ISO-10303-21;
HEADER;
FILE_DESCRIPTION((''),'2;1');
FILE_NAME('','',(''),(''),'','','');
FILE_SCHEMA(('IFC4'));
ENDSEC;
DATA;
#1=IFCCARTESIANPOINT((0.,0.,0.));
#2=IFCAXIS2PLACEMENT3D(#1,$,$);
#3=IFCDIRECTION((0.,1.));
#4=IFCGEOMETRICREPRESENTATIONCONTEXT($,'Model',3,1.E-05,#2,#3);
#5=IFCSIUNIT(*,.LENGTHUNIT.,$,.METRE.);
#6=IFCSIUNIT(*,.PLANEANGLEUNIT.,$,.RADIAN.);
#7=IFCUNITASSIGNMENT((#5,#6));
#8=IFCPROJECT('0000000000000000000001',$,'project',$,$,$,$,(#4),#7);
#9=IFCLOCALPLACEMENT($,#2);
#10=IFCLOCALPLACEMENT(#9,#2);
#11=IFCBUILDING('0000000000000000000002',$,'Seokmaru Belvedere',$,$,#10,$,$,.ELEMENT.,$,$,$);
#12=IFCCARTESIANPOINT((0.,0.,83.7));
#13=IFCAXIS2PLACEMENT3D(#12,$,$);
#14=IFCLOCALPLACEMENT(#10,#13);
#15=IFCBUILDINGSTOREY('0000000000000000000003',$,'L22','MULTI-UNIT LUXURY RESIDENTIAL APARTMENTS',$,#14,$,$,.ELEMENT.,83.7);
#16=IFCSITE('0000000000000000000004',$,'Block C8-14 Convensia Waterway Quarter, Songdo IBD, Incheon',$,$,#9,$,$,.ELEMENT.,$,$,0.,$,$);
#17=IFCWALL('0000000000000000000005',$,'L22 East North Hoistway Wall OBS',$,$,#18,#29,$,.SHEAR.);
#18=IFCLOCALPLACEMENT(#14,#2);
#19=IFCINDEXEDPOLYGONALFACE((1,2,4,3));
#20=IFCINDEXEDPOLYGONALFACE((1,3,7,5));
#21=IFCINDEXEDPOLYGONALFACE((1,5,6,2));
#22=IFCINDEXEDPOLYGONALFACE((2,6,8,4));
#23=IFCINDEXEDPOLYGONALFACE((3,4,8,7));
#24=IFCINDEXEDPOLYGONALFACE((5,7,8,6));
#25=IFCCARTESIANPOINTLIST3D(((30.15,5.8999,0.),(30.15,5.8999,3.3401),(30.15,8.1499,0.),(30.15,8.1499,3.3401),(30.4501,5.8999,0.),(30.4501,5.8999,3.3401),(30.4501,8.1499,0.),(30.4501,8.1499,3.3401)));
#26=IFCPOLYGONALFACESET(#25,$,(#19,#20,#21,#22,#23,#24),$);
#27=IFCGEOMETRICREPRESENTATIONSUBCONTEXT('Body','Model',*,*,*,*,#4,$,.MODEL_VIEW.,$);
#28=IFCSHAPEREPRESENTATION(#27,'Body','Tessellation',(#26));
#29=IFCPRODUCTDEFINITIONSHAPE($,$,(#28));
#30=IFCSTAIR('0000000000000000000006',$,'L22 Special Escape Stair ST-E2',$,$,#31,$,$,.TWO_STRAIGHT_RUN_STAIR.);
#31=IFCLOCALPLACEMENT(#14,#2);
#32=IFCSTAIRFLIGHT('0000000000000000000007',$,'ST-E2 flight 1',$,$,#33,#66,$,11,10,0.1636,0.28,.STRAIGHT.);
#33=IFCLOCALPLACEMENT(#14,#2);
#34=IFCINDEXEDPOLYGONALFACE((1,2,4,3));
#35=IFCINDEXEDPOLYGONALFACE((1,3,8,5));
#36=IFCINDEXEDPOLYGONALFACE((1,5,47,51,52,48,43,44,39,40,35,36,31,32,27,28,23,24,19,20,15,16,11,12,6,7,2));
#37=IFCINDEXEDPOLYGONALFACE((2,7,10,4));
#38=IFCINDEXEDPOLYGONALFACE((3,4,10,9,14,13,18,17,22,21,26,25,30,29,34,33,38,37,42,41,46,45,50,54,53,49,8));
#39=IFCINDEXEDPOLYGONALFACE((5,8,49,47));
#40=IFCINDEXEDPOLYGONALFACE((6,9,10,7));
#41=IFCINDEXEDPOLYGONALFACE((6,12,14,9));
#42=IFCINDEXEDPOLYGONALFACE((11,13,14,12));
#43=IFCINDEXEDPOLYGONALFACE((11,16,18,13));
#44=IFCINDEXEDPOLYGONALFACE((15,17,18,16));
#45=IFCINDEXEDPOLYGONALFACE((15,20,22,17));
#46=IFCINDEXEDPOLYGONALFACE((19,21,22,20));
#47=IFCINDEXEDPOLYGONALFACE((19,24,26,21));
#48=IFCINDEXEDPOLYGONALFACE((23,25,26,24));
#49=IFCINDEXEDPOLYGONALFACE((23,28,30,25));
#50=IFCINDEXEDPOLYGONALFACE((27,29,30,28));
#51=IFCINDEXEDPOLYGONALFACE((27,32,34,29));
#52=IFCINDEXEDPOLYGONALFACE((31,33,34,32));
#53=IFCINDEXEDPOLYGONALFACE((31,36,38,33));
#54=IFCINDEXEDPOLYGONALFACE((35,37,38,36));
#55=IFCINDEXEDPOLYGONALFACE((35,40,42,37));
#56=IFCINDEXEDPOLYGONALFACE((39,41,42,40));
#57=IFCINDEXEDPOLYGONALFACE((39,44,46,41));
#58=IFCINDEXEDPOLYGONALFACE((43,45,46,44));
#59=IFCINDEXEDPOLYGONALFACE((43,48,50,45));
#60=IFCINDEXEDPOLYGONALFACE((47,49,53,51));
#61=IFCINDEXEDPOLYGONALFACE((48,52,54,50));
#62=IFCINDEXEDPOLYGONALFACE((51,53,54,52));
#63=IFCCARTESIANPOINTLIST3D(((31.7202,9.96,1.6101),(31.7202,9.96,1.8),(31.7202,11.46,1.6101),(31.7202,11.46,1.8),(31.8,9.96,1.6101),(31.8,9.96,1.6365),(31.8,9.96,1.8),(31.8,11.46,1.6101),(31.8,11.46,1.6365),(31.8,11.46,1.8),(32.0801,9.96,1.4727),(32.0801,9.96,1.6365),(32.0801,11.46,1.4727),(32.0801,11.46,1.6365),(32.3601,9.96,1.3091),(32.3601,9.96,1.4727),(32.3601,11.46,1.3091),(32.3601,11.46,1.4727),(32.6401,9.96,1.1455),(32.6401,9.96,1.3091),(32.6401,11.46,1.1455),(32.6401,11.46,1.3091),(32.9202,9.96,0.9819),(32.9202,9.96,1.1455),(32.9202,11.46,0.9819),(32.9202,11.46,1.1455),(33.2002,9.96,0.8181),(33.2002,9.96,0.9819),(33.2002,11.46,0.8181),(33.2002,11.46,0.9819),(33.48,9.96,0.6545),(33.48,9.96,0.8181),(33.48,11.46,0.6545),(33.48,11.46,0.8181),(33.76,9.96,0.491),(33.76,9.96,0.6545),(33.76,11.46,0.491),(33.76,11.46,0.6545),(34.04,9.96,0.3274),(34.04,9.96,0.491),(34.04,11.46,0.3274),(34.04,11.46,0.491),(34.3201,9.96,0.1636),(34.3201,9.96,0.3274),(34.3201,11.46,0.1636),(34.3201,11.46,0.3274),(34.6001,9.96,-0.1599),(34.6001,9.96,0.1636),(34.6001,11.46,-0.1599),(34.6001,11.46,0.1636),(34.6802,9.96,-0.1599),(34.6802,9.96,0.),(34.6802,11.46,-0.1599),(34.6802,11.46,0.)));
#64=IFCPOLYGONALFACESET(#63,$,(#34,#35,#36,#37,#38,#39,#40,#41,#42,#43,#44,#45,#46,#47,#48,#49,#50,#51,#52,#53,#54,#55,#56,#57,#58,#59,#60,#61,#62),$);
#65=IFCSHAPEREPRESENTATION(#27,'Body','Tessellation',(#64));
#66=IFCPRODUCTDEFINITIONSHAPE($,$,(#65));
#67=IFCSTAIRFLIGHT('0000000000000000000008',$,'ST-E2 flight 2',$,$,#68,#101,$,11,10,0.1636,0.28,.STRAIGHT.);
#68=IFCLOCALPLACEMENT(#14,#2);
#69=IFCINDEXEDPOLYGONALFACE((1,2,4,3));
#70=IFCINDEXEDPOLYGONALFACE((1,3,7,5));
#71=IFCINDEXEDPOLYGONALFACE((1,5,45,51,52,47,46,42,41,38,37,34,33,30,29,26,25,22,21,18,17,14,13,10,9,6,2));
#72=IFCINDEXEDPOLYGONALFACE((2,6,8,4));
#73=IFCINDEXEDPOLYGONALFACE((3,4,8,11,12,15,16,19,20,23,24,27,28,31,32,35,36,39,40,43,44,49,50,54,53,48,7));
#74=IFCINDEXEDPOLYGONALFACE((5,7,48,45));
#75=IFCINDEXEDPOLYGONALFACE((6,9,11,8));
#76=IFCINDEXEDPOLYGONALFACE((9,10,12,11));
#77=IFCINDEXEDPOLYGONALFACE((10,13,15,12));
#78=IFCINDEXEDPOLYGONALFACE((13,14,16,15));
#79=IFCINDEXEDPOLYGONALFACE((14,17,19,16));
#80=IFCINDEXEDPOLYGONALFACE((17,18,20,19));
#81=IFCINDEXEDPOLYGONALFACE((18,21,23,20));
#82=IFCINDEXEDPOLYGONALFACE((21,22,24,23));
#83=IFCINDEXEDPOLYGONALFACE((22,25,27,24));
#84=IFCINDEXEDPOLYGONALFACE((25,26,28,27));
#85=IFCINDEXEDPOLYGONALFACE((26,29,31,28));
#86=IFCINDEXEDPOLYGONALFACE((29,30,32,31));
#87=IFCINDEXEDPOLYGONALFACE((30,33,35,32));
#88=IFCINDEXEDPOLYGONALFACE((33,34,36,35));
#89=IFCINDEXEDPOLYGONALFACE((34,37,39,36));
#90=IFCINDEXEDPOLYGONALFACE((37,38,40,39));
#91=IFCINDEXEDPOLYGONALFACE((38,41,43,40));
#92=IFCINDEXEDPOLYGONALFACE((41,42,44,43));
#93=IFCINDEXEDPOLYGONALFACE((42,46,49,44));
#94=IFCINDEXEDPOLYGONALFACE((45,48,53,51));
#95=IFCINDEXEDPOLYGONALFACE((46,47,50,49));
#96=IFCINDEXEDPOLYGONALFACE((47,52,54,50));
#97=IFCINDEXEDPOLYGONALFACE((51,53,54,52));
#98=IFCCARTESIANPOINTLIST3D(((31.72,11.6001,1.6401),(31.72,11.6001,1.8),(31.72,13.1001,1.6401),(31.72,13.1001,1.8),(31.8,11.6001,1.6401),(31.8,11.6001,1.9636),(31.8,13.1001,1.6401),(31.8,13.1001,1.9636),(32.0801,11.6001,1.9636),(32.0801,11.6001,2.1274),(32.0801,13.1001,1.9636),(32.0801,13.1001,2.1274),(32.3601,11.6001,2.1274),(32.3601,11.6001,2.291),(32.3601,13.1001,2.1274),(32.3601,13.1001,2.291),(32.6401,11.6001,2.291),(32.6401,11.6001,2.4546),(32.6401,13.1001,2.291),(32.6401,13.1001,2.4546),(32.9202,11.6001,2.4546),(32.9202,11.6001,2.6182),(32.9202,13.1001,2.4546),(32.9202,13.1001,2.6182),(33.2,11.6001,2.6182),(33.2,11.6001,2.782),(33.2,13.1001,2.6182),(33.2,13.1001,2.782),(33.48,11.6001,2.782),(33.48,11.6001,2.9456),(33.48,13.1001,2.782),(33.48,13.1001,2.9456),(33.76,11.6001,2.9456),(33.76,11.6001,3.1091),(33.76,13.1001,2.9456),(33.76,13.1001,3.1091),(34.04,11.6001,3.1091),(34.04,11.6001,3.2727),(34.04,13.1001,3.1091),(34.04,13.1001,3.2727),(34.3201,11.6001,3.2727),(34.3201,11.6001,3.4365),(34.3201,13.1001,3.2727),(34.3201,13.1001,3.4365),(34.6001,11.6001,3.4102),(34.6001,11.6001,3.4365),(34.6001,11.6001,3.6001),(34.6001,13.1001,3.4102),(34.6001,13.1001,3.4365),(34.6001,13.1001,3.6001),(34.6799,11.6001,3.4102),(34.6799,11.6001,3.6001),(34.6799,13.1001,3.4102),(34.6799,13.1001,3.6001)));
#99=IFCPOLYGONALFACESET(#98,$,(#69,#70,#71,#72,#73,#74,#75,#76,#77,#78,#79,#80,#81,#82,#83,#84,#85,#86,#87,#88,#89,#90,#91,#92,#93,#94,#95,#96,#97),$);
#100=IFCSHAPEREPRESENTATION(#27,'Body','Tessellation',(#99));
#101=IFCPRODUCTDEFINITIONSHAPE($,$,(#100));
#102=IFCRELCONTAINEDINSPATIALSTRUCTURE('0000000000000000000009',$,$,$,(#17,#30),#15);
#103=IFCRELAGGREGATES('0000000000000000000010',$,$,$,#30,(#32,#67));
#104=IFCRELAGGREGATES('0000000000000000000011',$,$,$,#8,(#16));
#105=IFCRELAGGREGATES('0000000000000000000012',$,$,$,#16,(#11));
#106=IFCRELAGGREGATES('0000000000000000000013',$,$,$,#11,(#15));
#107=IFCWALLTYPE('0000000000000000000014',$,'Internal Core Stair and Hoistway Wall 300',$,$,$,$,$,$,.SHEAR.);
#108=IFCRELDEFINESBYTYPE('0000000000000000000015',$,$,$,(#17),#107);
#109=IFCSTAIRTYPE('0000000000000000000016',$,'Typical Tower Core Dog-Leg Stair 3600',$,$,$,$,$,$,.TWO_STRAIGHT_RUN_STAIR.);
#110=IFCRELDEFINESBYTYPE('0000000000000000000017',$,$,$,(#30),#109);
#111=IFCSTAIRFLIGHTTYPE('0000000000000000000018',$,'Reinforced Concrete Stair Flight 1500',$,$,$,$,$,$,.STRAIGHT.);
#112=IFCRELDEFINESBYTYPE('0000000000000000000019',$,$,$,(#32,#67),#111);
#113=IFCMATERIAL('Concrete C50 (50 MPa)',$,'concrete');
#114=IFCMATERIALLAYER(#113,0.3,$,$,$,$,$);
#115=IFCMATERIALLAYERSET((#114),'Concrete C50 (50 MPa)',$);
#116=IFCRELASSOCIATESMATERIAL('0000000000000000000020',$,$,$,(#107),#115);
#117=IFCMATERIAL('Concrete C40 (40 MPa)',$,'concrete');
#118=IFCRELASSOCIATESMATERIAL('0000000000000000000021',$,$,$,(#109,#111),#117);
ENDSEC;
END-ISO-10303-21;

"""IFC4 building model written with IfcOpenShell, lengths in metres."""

from ifc_helpers import new_model, si_unit, direction, frame, frame_2d, origin, place, context, subcontext, project, spatial, polyline, rectangle, outline, extrude, material, layer, layer_set, type_object, element, aggregate, save


model = new_model("IFC4")

# Units and contexts
model_context = context("Model", 3, precision=1e-05, world=origin(), true_north=direction((0.0, 1.0)))
body_context = subcontext(model_context, "Body", "Model", "MODEL_VIEW")
ifc_project = project(units=[si_unit("LENGTHUNIT", "METRE"), si_unit("PLANEANGLEUNIT", "RADIAN")], contexts=[model_context])

# Site, building, storey
site_placement = place(None, origin())
site = spatial("IfcSite", under=ifc_project, at=site_placement, Name="Block C8-14 Convensia Waterway Quarter, Songdo IBD, Incheon", CompositionType="ELEMENT", RefElevation=0.0)
building_placement = place(site_placement, origin())
building = spatial("IfcBuilding", under=site, at=building_placement, Name="Seokmaru Belvedere", CompositionType="ELEMENT")
storey_placement = place(building_placement, frame((0.0, 0.0, 83.7)))
storey = spatial("IfcBuildingStorey", under=building, at=storey_placement, Name="L22", Description="MULTI-UNIT LUXURY RESIDENTIAL APARTMENTS", CompositionType="ELEMENT", Elevation=83.7)

# Shared definitions
ifc_material_1 = material(Name="Concrete C50 (50 MPa)", Category="concrete")

# Shared definitions
ifc_layer_1 = layer(ifc_material_1, 0.3)
ifc_layer_set_1 = layer_set([ifc_layer_1], Name="Concrete C50 (50 MPa)")
wall_type_1 = type_object("IfcWallType", Name="Internal Core Stair and Hoistway Wall 300", PredefinedType="SHEAR", material=ifc_layer_set_1)

# Wall
wall_1_placement = place(storey_placement, frame((30.3, 5.8999, 0.0), z_axis=(0.0, 0.0, 1.0), x_axis=(0.0, 1.0, 0.0)))
element("IfcWall", 1, at=wall_1_placement, inside=storey, type_object=wall_type_1, Name="L22 East North Hoistway Wall OBS", PredefinedType="SHEAR", context=body_context, shape_type="SweptSolid", body=[
    extrude(rectangle(XDim=2.25, YDim=0.3, at=frame_2d((1.125, 0.0))), origin(), (0.0, 0.0, 1.0), 3.3401),
])

# Stair, stair flights
ifc_material_2 = material(Name="Concrete C40 (40 MPa)", Category="concrete")
stair_type = type_object("IfcStairType", Name="Typical Tower Core Dog-Leg Stair 3600", PredefinedType="TWO_STRAIGHT_RUN_STAIR", material=ifc_material_2)
stair_placement = place(storey_placement, origin())
stair = element("IfcStair", 2, at=stair_placement, inside=storey, type_object=stair_type, Name="L22 Special Escape Stair ST-E2", PredefinedType="TWO_STRAIGHT_RUN_STAIR")
stair_flight_type = type_object("IfcStairFlightType", Name="Reinforced Concrete Stair Flight 1500", PredefinedType="STRAIGHT", material=ifc_material_2)
stair_flight_1_placement = place(storey_placement, frame((34.6001, 10.71, 0.0), z_axis=(0.0, 0.0, 1.0), x_axis=(-1.0, 0.0, 0.0)))
stair_flight_1 = element("IfcStairFlight", 3, at=stair_flight_1_placement, type_object=stair_flight_type, Name="ST-E2 flight 1", NumberOfRisers=11, NumberOfTreads=10, PredefinedType="STRAIGHT", RiserHeight=0.1636, TreadLength=0.28, context=body_context, shape_type="SweptSolid", body=[
    extrude(outline(polyline([(-0.0801, 0.0), (0.0, 0.1636), (0.28, 0.1636), (0.28, 0.3274), (0.5601, 0.3274), (0.5601, 0.491), (0.8401, 0.491), (0.8401, 0.6545), (1.1201, 0.6545), (1.1201, 0.8181), (1.3999, 0.8181), (1.3999, 0.9819), (1.6799, 0.9819), (1.6799, 1.1455), (1.96, 1.1455), (1.96, 1.3091), (2.24, 1.3091), (2.24, 1.4727), (2.52, 1.4727), (2.52, 1.6365), (2.8, 1.6365), (2.8, 1.8), (2.8799, 1.8), (2.8799, 1.6101), (2.8, 1.6101), (0.0, -0.1599), (-0.0801, -0.1599), (-0.0801, 0.0)])), frame((0.0, 0.75, 0.0), z_axis=(0.0, -1.0, 0.0), x_axis=(1.0, 0.0, 0.0)), (0.0, 0.0, 1.0), 1.5),
])
stair_flight_2_placement = place(storey_placement, frame((31.8, 12.3501, 1.8), z_axis=(0.0, 0.0, 1.0), x_axis=(1.0, 0.0, 0.0)))
stair_flight_2 = element("IfcStairFlight", 4, at=stair_flight_2_placement, type_object=stair_flight_type, Name="ST-E2 flight 2", NumberOfRisers=11, NumberOfTreads=10, PredefinedType="STRAIGHT", RiserHeight=0.1636, TreadLength=0.28, context=body_context, shape_type="SweptSolid", body=[
    extrude(outline(polyline([(-0.0801, 0.0), (0.0, 0.1636), (0.28, 0.1636), (0.28, 0.3274), (0.5601, 0.3274), (0.5601, 0.491), (0.8401, 0.491), (0.8401, 0.6545), (1.1201, 0.6545), (1.1201, 0.8181), (1.3999, 0.8181), (1.3999, 0.9819), (1.6799, 0.9819), (1.6799, 1.1455), (1.96, 1.1455), (1.96, 1.3091), (2.24, 1.3091), (2.24, 1.4727), (2.52, 1.4727), (2.52, 1.6365), (2.8, 1.6365), (2.8, 1.8), (2.8799, 1.8), (2.8799, 1.6101), (2.8, 1.6101), (0.0, -0.1599), (-0.0801, -0.1599), (-0.0801, 0.0)])), frame((0.0, 0.75, 0.0), z_axis=(0.0, -1.0, 0.0), x_axis=(1.0, 0.0, 0.0)), (0.0, 0.0, 1.0), 1.5),
])
aggregate(stair, [stair_flight_1, stair_flight_2])

save(model, "model.ifc")
